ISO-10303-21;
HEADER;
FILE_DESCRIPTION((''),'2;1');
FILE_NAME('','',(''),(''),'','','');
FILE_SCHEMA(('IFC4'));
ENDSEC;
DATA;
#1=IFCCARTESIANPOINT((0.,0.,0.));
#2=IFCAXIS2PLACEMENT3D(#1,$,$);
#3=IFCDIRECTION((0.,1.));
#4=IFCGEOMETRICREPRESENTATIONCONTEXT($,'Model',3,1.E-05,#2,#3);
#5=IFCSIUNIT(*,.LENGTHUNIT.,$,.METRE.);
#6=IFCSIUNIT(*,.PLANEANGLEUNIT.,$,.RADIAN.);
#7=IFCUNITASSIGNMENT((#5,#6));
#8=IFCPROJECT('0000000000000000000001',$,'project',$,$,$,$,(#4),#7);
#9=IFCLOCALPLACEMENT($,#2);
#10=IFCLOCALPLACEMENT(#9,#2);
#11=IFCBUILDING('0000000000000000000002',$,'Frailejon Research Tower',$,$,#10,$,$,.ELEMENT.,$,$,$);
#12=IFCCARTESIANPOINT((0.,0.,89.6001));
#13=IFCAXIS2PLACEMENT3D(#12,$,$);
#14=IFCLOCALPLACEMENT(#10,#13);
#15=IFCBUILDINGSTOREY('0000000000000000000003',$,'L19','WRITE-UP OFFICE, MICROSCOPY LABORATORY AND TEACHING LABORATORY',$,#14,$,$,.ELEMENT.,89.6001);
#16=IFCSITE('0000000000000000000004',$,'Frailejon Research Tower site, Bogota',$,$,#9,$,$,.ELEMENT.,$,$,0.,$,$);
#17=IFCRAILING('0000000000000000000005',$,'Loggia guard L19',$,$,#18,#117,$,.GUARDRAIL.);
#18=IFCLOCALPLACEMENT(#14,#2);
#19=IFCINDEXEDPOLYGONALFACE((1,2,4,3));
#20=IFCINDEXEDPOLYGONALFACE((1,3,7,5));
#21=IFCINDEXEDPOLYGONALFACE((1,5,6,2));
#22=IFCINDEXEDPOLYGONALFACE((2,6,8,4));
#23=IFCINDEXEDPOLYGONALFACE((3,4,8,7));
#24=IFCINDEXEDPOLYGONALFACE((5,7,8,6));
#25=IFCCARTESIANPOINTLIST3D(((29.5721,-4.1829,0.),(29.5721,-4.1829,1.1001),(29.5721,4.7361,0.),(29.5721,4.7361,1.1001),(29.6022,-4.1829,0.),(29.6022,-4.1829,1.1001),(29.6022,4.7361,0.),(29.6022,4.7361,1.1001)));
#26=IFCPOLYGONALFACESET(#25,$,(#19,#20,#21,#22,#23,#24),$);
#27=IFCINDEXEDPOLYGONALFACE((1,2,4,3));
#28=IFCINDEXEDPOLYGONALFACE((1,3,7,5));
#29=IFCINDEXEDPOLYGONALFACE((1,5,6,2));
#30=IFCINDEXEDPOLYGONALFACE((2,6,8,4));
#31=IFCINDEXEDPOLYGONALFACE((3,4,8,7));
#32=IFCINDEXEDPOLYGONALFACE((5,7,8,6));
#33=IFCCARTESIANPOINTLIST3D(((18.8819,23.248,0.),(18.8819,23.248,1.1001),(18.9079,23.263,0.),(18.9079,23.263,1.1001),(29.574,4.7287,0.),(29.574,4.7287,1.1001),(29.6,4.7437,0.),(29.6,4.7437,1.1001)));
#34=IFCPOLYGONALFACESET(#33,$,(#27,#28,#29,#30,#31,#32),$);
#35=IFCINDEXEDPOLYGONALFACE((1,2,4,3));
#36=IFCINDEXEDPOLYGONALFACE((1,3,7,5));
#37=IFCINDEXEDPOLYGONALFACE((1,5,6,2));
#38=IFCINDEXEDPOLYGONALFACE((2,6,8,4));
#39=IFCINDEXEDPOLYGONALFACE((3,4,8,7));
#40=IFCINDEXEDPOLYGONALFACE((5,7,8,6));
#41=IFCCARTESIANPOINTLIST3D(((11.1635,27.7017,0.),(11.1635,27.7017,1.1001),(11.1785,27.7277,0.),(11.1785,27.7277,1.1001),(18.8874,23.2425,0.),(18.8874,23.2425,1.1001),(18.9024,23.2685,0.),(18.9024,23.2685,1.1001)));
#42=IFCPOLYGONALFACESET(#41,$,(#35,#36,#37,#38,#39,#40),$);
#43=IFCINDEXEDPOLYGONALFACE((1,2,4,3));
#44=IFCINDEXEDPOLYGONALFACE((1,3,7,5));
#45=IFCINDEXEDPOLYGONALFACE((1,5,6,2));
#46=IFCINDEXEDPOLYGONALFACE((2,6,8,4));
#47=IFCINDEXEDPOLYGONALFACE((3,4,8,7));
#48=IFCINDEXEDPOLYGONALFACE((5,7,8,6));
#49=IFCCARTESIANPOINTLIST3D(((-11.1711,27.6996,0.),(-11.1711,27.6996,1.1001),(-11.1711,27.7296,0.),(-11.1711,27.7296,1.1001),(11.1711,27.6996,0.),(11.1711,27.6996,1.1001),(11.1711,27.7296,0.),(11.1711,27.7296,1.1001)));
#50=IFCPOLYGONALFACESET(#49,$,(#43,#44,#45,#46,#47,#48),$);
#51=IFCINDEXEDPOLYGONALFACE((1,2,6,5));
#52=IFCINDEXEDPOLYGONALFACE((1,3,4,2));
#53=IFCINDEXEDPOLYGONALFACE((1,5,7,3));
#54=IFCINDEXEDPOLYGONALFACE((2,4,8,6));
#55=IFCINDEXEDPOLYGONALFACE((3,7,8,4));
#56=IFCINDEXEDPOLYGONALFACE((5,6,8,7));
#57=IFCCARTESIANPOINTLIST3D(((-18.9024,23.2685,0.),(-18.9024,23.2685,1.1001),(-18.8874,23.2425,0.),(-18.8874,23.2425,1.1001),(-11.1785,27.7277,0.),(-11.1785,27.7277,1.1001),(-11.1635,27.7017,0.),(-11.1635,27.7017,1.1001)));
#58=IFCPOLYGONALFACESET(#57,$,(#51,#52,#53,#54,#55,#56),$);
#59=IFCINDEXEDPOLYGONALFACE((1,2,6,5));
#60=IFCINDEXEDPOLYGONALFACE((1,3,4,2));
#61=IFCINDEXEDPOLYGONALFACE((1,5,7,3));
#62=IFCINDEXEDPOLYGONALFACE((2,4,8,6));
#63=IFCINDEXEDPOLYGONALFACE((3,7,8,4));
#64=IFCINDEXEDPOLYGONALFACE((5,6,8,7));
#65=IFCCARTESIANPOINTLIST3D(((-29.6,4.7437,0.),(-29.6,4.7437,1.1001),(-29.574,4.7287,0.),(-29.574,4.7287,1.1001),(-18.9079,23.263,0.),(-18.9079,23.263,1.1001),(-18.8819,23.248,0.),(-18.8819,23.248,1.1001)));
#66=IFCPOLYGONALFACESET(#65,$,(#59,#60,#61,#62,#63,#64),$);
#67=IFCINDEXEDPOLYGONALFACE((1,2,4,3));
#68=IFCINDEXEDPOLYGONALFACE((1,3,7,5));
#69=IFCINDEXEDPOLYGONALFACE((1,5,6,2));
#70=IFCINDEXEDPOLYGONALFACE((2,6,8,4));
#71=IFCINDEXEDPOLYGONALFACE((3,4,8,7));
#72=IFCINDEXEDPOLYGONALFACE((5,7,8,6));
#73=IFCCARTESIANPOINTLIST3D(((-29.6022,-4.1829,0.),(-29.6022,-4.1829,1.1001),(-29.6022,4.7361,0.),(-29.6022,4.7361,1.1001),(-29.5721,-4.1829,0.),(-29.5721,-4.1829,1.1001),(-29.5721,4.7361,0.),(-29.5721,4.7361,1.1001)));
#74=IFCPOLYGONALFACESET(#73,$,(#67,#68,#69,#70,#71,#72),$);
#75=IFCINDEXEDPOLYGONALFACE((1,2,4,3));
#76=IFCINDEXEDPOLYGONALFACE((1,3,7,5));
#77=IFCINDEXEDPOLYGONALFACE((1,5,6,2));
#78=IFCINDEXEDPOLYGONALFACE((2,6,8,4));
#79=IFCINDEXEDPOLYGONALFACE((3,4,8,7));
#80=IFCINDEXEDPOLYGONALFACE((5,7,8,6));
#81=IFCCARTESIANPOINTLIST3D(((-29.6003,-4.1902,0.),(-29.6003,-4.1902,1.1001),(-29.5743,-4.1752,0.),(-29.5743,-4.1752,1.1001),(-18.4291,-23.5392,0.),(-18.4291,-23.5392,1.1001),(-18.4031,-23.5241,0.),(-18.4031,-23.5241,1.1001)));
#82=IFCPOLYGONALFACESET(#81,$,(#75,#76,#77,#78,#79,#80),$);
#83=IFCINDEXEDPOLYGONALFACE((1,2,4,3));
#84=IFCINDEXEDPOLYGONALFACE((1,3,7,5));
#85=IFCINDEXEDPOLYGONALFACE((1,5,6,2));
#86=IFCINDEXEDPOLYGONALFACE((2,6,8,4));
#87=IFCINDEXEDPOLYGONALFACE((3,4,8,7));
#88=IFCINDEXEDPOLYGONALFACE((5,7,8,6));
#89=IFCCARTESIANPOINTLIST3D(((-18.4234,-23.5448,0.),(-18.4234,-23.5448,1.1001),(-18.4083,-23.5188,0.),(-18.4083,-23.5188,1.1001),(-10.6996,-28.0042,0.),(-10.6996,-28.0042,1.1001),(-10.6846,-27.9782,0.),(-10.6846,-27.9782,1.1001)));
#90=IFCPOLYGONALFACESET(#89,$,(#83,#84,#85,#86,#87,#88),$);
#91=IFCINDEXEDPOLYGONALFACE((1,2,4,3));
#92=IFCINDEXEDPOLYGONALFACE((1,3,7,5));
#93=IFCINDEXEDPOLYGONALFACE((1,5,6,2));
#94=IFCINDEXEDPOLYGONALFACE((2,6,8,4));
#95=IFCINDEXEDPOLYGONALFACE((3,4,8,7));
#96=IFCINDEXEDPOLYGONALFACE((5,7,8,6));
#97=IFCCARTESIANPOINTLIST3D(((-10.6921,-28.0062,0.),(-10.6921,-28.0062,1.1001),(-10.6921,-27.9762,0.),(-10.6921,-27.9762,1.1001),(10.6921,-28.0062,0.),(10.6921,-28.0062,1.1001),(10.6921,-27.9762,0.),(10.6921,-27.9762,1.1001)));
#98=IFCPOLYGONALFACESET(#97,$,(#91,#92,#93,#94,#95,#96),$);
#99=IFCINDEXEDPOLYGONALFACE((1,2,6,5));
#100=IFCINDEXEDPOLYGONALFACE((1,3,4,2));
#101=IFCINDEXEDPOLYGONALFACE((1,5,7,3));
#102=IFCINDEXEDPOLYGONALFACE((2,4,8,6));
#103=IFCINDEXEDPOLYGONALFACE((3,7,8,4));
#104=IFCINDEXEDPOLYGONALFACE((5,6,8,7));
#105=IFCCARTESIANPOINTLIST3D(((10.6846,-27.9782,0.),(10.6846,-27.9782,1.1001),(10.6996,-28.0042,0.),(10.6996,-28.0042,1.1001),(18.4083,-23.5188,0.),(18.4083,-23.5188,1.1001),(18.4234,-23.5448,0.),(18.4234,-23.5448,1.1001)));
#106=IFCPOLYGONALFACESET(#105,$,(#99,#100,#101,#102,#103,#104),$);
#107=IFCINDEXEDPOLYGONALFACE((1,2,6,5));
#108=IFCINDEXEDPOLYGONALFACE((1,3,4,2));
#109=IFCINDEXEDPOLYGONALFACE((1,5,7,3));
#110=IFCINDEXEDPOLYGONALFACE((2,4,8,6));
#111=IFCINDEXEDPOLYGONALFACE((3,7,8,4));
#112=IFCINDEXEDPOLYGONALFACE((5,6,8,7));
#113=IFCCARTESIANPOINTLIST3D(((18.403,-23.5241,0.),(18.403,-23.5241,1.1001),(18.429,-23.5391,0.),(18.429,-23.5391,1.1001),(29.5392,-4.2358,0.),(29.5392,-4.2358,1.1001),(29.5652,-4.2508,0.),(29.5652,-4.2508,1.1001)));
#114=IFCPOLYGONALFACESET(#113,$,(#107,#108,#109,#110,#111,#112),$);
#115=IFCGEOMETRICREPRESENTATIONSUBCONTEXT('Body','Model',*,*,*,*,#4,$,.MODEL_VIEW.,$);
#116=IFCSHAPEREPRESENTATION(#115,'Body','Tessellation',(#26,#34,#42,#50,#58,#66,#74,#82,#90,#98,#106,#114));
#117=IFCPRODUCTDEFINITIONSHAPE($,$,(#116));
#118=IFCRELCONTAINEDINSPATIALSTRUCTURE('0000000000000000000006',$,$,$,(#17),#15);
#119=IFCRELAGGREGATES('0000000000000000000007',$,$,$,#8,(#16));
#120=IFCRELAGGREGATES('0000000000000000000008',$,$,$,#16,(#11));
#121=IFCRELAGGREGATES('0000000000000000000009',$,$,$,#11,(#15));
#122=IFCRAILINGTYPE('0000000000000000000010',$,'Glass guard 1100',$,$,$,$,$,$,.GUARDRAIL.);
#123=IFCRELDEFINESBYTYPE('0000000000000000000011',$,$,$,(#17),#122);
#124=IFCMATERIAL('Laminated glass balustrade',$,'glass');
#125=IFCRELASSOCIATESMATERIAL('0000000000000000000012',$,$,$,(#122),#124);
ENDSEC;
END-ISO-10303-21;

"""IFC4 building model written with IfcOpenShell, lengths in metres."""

from ifc_helpers import new_model, si_unit, direction, frame, origin, origin_2d, place, context, subcontext, project, spatial, rectangle, extrude, material, type_object, element, save


model = new_model("IFC4")

# Units and contexts
model_context = context("Model", 3, precision=1e-05, world=origin(), true_north=direction((0.0, 1.0)))
body_context = subcontext(model_context, "Body", "Model", "MODEL_VIEW")
ifc_project = project(units=[si_unit("LENGTHUNIT", "METRE"), si_unit("PLANEANGLEUNIT", "RADIAN")], contexts=[model_context])

# Site, building, storey
site_placement = place(None, origin())
site = spatial("IfcSite", under=ifc_project, at=site_placement, Name="Frailejon Research Tower site, Bogota", CompositionType="ELEMENT", RefElevation=0.0)
building_placement = place(site_placement, origin())
building = spatial("IfcBuilding", under=site, at=building_placement, Name="Frailejon Research Tower", CompositionType="ELEMENT")
storey_placement = place(building_placement, frame((0.0, 0.0, 89.6001)))
storey = spatial("IfcBuildingStorey", under=building, at=storey_placement, Name="L19", Description="WRITE-UP OFFICE, MICROSCOPY LABORATORY AND TEACHING LABORATORY", CompositionType="ELEMENT", Elevation=89.6001)

# Railing
ifc_material_1 = material(Name="Laminated glass balustrade", Category="glass")
railing_type = type_object("IfcRailingType", Name="Glass guard 1100", PredefinedType="GUARDRAIL", material=ifc_material_1)
railing_placement = place(storey_placement, frame((29.5872, -4.1829, 0.0)))
element("IfcRailing", 1, at=railing_placement, inside=storey, type_object=railing_type, Name="Loggia guard L19", PredefinedType="GUARDRAIL", context=body_context, shape_type="SweptSolid", body=[
    extrude(rectangle(XDim=8.9189, YDim=0.03, at=origin_2d()), frame((0.0, 4.4595, 0.0), z_axis=(0.0, 0.0, 1.0), x_axis=(0.0, 1.0, 0.0)), (0.0, 0.0, 1.0), 1.1001),
    extrude(rectangle(XDim=21.3843, YDim=0.03, at=origin_2d()), frame((-5.3462, 18.1787, 0.0), z_axis=(0.0, 0.0, 1.0), x_axis=(-0.500001, 0.866025, 0.0)), (0.0, 0.0, 1.0), 1.1001),
    extrude(rectangle(XDim=8.9187, YDim=0.03, at=origin_2d()), frame((-14.5542, 29.668, 0.0), z_axis=(0.0, 0.0, 1.0), x_axis=(-0.866033, 0.499987, 0.0)), (0.0, 0.0, 1.0), 1.1001),
    extrude(rectangle(XDim=22.3423, YDim=0.03, at=origin_2d()), frame((-29.5872, 31.8975, 0.0), z_axis=(0.0, 0.0, 1.0), x_axis=(-1.0, 0.0, 0.0)), (0.0, 0.0, 1.0), 1.1001),
    extrude(rectangle(XDim=8.9187, YDim=0.03, at=origin_2d()), frame((-44.6201, 29.668, 0.0), z_axis=(0.0, 0.0, 1.0), x_axis=(-0.866033, -0.499987, 0.0)), (0.0, 0.0, 1.0), 1.1001),
    extrude(rectangle(XDim=21.3843, YDim=0.03, at=origin_2d()), frame((-53.8281, 18.1787, 0.0), z_axis=(0.0, 0.0, 1.0), x_axis=(-0.500001, -0.866025, 0.0)), (0.0, 0.0, 1.0), 1.1001),
    extrude(rectangle(XDim=8.9189, YDim=0.03, at=origin_2d()), frame((-59.1743, 4.4595, 0.0), z_axis=(0.0, 0.0, 1.0), x_axis=(0.0, -1.0, 0.0)), (0.0, 0.0, 1.0), 1.1001),
    extrude(rectangle(XDim=22.3423, YDim=0.03, at=origin_2d()), frame((-53.5889, -9.6743, 0.0), z_axis=(0.0, 0.0, 1.0), x_axis=(0.500002, -0.866024, 0.0)), (0.0, 0.0, 1.0), 1.1001),
    extrude(rectangle(XDim=8.9187, YDim=0.03, at=origin_2d()), frame((-44.1411, -21.5786, 0.0), z_axis=(0.0, 0.0, 1.0), x_axis=(0.866021, -0.500008, 0.0)), (0.0, 0.0, 1.0), 1.1001),
    extrude(rectangle(XDim=21.3843, YDim=0.03, at=origin_2d()), frame((-29.5872, -23.8083, 0.0), z_axis=(0.0, 0.0, 1.0), x_axis=(1.0, 0.0, 0.0)), (0.0, 0.0, 1.0), 1.1001),
    extrude(rectangle(XDim=8.9187, YDim=0.03, at=origin_2d()), frame((-15.0332, -21.5786, 0.0), z_axis=(0.0, 0.0, 1.0), x_axis=(0.866021, 0.500008, 0.0)), (0.0, 0.0, 1.0), 1.1001),
    extrude(rectangle(XDim=22.2722, YDim=0.03, at=origin_2d()), frame((-5.603, -9.7046, 0.0), z_axis=(0.0, 0.0, 1.0), x_axis=(0.500004, 0.866023, 0.0)), (0.0, 0.0, 1.0), 1.1001),
])

save(model, "model.ifc")
